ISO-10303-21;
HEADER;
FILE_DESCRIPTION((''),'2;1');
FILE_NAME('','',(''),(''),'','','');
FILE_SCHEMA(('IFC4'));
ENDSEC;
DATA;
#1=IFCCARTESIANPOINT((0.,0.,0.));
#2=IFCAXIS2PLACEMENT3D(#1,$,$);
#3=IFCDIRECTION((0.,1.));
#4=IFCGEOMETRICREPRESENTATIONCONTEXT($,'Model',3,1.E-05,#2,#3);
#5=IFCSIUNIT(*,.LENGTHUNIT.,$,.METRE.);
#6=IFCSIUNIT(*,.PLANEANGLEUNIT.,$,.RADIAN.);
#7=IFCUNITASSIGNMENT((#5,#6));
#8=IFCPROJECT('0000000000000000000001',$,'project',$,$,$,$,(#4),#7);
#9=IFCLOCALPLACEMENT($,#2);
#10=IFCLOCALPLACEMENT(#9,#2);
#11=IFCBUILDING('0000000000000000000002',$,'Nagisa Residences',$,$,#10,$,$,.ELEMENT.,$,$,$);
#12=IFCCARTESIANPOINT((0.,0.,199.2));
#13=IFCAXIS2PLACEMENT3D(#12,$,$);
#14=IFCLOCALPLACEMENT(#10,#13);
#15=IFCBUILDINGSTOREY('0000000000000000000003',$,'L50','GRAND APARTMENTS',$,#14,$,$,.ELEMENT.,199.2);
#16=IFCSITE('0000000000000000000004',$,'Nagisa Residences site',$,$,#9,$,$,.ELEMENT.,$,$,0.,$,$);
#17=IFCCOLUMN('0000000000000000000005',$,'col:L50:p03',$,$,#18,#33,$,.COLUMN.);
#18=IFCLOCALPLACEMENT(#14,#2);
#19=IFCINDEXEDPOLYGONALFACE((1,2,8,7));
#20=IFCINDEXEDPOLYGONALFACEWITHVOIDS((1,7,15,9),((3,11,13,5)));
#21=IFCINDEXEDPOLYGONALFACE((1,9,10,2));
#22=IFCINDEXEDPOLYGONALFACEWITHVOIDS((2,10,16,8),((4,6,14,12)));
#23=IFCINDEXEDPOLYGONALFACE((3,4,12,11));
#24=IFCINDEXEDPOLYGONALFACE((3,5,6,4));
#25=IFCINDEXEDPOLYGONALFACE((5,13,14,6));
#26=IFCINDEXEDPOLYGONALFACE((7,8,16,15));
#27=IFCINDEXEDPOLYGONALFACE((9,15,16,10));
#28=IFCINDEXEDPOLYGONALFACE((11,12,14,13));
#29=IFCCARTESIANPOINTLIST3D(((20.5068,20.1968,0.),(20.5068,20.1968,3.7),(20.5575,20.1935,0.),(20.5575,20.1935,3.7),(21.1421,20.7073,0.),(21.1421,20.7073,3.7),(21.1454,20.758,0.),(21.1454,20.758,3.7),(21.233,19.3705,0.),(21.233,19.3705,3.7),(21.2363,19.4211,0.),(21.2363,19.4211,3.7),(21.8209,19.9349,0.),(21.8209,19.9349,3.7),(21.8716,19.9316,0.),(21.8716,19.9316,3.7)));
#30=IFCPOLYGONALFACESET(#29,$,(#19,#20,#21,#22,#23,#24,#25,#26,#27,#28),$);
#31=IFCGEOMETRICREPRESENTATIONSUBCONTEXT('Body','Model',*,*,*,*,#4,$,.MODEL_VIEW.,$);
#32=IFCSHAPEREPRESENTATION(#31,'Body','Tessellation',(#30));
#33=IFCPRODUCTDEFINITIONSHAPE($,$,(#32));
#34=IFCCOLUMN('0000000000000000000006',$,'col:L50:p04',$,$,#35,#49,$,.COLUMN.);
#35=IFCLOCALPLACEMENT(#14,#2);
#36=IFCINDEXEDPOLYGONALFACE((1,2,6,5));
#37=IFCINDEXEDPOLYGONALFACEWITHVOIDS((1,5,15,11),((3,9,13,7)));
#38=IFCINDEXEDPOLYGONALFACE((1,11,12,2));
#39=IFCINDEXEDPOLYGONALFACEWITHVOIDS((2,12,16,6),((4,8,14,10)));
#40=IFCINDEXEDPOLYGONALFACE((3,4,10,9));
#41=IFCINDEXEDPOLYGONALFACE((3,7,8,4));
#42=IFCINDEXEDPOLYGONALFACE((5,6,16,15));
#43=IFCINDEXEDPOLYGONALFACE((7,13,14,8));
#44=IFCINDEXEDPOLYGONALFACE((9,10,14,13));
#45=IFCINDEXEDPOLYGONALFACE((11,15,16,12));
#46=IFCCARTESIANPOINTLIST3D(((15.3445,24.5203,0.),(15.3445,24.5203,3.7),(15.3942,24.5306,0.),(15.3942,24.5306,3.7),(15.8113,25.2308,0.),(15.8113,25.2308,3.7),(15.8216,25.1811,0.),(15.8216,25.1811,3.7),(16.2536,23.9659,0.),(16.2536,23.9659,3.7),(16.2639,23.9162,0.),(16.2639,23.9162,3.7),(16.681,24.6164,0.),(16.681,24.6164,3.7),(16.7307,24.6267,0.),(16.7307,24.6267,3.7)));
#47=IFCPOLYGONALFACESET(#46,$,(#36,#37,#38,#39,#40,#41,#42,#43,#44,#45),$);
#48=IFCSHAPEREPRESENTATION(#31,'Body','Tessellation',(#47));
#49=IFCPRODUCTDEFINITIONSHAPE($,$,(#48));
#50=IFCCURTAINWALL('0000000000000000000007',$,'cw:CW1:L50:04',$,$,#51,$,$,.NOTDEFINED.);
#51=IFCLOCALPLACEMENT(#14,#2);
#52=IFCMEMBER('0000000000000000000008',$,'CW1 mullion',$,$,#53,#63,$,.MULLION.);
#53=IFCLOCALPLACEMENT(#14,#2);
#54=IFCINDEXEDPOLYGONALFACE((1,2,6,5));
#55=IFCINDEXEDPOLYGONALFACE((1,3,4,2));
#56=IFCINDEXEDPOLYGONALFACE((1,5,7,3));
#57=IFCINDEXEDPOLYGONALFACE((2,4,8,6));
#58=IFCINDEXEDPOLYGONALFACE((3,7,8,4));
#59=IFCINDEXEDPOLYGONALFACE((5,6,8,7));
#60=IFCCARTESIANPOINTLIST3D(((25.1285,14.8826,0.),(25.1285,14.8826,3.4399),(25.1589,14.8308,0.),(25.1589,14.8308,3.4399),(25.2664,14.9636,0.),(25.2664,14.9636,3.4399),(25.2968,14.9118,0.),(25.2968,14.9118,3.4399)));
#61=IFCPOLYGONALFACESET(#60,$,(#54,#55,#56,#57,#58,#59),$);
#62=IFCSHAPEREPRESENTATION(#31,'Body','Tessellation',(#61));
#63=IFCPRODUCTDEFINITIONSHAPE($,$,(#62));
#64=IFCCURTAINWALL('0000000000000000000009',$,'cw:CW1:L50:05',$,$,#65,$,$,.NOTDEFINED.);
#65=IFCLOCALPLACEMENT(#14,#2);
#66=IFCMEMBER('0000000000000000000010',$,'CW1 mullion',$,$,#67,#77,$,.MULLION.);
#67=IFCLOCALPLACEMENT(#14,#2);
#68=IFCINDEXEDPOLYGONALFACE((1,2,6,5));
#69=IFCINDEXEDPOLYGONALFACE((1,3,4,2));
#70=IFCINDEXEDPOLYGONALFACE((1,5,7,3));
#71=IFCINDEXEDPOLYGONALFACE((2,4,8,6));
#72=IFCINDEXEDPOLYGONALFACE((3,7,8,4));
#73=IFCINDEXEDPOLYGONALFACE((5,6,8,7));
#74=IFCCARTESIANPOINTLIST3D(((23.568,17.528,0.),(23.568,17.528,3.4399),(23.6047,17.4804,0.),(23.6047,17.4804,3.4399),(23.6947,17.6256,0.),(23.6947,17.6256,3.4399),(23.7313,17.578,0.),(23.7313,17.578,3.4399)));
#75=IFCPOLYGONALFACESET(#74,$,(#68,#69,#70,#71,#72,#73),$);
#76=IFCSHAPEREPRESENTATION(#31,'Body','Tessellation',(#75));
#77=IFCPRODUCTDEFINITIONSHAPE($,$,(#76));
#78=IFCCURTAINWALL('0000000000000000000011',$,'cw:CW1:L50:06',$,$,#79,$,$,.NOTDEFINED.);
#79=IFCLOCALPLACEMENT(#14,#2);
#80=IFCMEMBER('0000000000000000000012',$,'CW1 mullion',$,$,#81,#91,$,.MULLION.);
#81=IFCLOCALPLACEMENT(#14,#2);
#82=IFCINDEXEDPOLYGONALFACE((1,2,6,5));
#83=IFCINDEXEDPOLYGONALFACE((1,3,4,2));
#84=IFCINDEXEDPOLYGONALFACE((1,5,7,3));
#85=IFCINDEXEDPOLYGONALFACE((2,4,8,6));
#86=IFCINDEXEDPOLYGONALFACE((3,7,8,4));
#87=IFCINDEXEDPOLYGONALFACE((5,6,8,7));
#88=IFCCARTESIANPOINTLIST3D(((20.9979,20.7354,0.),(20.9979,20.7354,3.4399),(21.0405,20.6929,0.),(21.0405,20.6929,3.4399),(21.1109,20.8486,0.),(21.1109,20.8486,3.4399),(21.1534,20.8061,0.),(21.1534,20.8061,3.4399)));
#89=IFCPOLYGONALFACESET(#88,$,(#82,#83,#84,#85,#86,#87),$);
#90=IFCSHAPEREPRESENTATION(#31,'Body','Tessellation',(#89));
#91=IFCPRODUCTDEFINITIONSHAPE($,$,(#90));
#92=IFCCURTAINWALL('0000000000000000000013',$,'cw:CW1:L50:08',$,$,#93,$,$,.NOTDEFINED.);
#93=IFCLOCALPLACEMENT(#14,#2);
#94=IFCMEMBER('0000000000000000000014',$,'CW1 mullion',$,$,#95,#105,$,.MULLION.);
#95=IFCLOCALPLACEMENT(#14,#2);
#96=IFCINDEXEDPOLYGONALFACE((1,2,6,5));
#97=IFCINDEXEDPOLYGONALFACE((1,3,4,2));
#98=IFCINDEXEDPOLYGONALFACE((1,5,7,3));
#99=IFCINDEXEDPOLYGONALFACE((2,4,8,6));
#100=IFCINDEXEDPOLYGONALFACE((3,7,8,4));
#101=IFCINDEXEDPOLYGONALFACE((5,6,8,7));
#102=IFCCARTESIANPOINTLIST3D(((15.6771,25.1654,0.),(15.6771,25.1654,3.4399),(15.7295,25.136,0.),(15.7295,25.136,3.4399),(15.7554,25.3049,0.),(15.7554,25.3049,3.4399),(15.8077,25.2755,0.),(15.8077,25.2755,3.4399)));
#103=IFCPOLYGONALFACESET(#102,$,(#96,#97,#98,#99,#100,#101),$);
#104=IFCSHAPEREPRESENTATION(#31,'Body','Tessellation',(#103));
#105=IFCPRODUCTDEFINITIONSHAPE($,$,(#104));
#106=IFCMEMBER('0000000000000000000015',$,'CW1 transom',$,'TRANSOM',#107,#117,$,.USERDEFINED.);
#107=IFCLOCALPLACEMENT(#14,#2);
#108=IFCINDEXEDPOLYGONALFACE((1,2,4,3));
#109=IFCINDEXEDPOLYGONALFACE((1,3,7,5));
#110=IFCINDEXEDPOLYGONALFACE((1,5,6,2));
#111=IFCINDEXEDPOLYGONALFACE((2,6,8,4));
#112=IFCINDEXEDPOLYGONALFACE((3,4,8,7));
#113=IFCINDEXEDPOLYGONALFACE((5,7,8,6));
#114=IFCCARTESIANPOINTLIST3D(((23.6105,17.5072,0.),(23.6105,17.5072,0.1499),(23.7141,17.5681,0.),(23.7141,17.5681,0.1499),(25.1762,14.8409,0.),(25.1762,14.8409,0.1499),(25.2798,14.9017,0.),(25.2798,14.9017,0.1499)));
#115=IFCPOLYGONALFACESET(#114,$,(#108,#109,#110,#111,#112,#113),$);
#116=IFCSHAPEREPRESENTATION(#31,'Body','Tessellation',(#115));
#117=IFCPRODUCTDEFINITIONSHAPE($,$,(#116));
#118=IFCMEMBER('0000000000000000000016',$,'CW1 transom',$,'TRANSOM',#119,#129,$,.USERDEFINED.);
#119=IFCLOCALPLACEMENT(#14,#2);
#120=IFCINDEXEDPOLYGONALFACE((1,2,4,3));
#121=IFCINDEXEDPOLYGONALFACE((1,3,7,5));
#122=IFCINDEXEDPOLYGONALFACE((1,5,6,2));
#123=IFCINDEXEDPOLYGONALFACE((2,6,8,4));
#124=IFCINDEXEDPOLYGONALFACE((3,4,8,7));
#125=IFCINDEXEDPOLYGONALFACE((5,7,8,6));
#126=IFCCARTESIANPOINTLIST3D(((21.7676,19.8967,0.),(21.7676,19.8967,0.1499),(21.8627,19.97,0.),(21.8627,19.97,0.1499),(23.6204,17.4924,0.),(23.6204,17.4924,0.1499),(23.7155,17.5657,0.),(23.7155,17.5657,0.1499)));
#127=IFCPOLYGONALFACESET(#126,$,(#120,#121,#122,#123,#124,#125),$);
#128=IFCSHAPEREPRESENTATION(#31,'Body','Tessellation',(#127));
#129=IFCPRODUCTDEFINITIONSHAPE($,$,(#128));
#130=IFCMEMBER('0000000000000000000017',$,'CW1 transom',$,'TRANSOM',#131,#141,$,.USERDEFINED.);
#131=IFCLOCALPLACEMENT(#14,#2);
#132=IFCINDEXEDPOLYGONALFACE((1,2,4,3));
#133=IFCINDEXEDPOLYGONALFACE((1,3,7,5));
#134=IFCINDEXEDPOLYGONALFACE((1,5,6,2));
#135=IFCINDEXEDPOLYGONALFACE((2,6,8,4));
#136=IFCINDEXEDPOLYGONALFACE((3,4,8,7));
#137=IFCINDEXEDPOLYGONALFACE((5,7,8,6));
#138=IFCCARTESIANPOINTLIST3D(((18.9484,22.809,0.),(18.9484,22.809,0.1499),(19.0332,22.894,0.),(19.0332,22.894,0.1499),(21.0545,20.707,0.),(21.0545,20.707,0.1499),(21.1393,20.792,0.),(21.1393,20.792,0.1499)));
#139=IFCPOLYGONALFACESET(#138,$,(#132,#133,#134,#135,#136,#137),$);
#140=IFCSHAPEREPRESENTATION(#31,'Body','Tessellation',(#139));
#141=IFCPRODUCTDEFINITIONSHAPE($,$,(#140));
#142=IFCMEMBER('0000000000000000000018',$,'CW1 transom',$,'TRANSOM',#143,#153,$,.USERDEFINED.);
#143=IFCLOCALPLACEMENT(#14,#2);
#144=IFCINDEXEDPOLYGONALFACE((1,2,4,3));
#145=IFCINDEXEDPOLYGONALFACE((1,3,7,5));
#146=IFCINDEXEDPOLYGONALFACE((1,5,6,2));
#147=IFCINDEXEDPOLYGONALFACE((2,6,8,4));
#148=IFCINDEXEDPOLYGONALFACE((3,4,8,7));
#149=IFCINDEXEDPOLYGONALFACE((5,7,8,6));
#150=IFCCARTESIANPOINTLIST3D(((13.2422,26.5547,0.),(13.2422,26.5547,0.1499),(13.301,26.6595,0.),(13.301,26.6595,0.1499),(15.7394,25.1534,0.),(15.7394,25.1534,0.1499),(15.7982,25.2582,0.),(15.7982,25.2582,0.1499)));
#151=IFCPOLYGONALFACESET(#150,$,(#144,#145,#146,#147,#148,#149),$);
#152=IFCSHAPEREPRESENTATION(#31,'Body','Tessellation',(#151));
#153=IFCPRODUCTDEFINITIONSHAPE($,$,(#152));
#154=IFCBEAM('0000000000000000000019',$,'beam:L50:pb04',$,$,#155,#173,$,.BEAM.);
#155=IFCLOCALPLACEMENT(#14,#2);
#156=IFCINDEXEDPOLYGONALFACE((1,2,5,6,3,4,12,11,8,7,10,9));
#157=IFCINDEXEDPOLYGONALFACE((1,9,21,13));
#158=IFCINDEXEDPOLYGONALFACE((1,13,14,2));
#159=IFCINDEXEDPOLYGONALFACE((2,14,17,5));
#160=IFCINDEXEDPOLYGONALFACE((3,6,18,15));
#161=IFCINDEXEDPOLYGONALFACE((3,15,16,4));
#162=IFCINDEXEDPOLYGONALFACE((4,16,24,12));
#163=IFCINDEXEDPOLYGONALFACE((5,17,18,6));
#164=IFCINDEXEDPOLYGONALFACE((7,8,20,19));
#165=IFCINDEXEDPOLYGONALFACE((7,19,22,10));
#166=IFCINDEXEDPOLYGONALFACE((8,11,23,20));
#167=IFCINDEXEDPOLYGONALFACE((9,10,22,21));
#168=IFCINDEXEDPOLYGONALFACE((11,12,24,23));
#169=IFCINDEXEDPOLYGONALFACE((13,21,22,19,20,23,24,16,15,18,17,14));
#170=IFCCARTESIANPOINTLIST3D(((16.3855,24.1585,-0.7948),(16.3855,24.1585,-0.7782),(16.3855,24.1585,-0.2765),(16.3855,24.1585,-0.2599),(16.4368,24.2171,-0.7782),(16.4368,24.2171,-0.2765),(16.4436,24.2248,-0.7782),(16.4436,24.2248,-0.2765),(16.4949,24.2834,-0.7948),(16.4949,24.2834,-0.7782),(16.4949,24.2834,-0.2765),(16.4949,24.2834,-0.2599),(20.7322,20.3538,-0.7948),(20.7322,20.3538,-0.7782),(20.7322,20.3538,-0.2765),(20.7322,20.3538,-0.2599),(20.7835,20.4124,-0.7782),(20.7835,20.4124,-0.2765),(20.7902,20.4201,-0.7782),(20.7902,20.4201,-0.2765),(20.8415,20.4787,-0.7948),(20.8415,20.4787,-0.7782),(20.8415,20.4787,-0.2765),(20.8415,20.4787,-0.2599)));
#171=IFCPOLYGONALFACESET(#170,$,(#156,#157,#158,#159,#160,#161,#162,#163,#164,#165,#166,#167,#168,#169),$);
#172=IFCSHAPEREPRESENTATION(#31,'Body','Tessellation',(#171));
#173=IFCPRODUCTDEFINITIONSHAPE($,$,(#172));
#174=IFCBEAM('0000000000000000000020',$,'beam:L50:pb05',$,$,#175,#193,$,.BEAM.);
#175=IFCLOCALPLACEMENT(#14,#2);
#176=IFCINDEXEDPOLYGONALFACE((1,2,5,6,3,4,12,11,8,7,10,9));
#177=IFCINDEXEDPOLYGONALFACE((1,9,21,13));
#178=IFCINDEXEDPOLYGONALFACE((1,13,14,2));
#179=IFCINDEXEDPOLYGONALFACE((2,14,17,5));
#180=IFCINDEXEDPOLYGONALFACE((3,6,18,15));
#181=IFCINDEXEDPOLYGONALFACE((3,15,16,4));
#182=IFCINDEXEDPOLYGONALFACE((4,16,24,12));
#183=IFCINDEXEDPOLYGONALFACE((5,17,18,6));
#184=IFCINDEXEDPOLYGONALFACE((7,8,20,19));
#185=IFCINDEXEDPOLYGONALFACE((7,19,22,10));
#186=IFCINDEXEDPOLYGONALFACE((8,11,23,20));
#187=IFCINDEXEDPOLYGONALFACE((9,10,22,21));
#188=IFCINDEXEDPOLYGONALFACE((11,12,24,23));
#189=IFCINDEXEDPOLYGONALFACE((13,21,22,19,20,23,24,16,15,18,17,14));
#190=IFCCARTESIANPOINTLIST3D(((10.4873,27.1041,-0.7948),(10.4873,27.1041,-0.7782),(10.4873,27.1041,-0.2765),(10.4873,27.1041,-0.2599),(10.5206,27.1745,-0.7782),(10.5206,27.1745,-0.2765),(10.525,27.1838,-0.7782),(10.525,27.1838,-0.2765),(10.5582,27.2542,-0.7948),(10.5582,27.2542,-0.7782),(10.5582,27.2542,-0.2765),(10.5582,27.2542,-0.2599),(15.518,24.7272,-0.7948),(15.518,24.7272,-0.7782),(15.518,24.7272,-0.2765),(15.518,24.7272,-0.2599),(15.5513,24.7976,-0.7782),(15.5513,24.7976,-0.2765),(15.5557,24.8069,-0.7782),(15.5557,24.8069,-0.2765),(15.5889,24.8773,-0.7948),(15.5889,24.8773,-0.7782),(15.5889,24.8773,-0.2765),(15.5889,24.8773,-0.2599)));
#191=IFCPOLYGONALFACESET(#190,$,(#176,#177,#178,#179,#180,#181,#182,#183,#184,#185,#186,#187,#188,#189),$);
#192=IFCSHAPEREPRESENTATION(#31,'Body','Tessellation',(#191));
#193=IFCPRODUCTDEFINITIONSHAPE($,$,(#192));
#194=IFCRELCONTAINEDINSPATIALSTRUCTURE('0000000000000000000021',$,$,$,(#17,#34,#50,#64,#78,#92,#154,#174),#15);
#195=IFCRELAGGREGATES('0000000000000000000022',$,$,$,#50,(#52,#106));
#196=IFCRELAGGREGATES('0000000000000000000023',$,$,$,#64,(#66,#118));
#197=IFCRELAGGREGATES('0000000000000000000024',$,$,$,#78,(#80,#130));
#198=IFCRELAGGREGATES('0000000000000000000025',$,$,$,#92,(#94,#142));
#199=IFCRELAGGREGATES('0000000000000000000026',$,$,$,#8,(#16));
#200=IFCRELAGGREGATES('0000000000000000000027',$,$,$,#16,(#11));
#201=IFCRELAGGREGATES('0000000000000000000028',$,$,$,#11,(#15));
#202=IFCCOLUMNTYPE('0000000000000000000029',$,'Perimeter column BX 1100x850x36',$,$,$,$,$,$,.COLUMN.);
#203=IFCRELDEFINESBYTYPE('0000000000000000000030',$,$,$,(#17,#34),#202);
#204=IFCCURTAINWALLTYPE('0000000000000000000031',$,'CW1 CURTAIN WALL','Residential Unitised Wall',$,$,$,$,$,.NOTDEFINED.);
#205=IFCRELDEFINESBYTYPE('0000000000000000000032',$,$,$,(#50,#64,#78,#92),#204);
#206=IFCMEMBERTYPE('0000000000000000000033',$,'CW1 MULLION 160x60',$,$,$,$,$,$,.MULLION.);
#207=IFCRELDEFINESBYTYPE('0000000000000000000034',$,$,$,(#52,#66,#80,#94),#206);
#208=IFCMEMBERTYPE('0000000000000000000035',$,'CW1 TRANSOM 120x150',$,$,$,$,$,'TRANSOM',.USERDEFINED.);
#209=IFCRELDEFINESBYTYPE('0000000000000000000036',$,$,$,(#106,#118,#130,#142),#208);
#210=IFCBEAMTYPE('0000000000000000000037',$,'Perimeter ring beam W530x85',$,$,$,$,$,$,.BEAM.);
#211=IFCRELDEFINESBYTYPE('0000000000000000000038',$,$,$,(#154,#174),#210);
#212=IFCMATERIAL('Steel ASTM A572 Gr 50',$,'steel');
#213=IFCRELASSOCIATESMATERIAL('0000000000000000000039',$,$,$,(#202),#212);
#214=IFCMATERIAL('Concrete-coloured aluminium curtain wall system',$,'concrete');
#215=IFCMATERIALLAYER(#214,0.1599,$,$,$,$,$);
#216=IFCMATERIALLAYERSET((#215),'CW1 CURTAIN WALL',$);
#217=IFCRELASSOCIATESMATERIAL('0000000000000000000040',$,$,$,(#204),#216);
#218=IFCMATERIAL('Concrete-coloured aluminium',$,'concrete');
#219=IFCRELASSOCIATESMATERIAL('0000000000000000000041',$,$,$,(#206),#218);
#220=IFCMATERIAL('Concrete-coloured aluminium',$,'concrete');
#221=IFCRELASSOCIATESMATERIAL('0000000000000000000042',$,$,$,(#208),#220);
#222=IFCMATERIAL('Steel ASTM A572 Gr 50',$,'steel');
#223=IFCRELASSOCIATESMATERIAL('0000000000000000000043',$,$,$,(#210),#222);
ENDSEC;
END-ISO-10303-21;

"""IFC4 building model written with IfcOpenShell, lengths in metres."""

from ifc_helpers import new_model, si_unit, direction, frame, origin, origin_2d, place, context, subcontext, project, spatial, rectangle, hollow_rectangle, i_section, extrude, material, layer, layer_set, material_profile, profile_set, type_object, element, aggregate, save


model = new_model("IFC4")

# Units and contexts
model_context = context("Model", 3, precision=1e-05, world=origin(), true_north=direction((0.0, 1.0)))
body_context = subcontext(model_context, "Body", "Model", "MODEL_VIEW")
ifc_project = project(units=[si_unit("LENGTHUNIT", "METRE"), si_unit("PLANEANGLEUNIT", "RADIAN")], contexts=[model_context])

# Site, building, storey
site_placement = place(None, origin())
site = spatial("IfcSite", under=ifc_project, at=site_placement, Name="Nagisa Residences site", CompositionType="ELEMENT", RefElevation=0.0)
building_placement = place(site_placement, origin())
building = spatial("IfcBuilding", under=site, at=building_placement, Name="Nagisa Residences", CompositionType="ELEMENT")
storey_placement = place(building_placement, frame((0.0, 0.0, 199.2)))
storey = spatial("IfcBuildingStorey", under=building, at=storey_placement, Name="L50", Description="GRAND APARTMENTS", CompositionType="ELEMENT", Elevation=199.2)

# Columns
ifc_material_1 = material(Name="Steel ASTM A572 Gr 50", Category="steel")
ifc_material_profile_1 = material_profile(ifc_material_1, hollow_rectangle(XDim=1.1001, YDim=0.8501, WallThickness=0.0359, at=origin_2d()), Name="BX 1100x850x36")
ifc_profile_set_1 = profile_set([ifc_material_profile_1], Name="Steel ASTM A572 Gr 50")
column_type = type_object("IfcColumnType", Name="Perimeter column BX 1100x850x36", PredefinedType="COLUMN", material=ifc_profile_set_1)
for number, where, z_axis, x_axis, name in (
    (1, (21.1892, 20.0642, 0.0), (0.0, 0.0, 1.0), (-0.660115, 0.751165, 0.0), "col:L50:p03"),
    (2, (16.0376, 24.5735, 0.0), (0.0, 0.0, 1.0), (-0.835766, 0.549086, 0.0), "col:L50:p04"),
):
    element("IfcColumn", number, at=place(storey_placement, frame(where, z_axis=z_axis, x_axis=x_axis)), inside=storey, type_object=column_type, Name=name, PredefinedType="COLUMN", context=body_context, shape_type="SweptSolid", body=[
        extrude(hollow_rectangle(XDim=1.1001, YDim=0.8501, WallThickness=0.0359, at=origin_2d()), origin(), (0.0, 0.0, 1.0), 3.7),
    ])

# Curtain walls, members
ifc_material_2 = material(Name="Concrete-coloured aluminium curtain wall system", Category="concrete")
ifc_layer_1 = layer(ifc_material_2, 0.1599)
ifc_layer_set_1 = layer_set([ifc_layer_1], Name="CW1 CURTAIN WALL")
curtain_wall_type = type_object("IfcCurtainWallType", Name="CW1 CURTAIN WALL", Description="Residential Unitised Wall", PredefinedType="NOTDEFINED", material=ifc_layer_set_1)
curtain_wall_1_placement = place(storey_placement, origin())
curtain_wall_1 = element("IfcCurtainWall", 3, at=curtain_wall_1_placement, inside=storey, type_object=curtain_wall_type, Name="cw:CW1:L50:04", PredefinedType="NOTDEFINED")
ifc_material_3 = material(Name="Concrete-coloured aluminium", Category="concrete")
ifc_material_profile_2 = material_profile(ifc_material_3, rectangle(XDim=0.1599, YDim=0.0601, at=origin_2d()), Name="CW1 MULLION 160x60")
ifc_profile_set_2 = profile_set([ifc_material_profile_2], Name="Concrete-coloured aluminium")
member_type_1 = type_object("IfcMemberType", Name="CW1 MULLION 160x60", PredefinedType="MULLION", material=ifc_profile_set_2)
member_1_placement = place(storey_placement, frame((25.2126, 14.8972, 0.0), z_axis=(0.0, 0.0, 1.0), x_axis=(-0.862329, -0.506349, 0.0)))
member_1 = element("IfcMember", 4, at=member_1_placement, type_object=member_type_1, Name="CW1 mullion", PredefinedType="MULLION", context=body_context, shape_type="SweptSolid", body=[
    extrude(rectangle(XDim=0.1599, YDim=0.0601, at=origin_2d()), origin(), (0.0, 0.0, 1.0), 3.4399),
])
curtain_wall_2_placement = place(storey_placement, origin())
curtain_wall_2 = element("IfcCurtainWall", 5, at=curtain_wall_2_placement, inside=storey, type_object=curtain_wall_type, Name="cw:CW1:L50:05", PredefinedType="NOTDEFINED")
member_2_placement = place(storey_placement, frame((23.6497, 17.553, 0.0), z_axis=(0.0, 0.0, 1.0), x_axis=(-0.79207, -0.61043, 0.0)))
member_2 = element("IfcMember", 6, at=member_2_placement, type_object=member_type_1, Name="CW1 mullion", PredefinedType="MULLION", context=body_context, shape_type="SweptSolid", body=[
    extrude(rectangle(XDim=0.1599, YDim=0.0601, at=origin_2d()), origin(), (0.0, 0.0, 1.0), 3.4399),
])
curtain_wall_3_placement = place(storey_placement, origin())
curtain_wall_3 = element("IfcCurtainWall", 7, at=curtain_wall_3_placement, inside=storey, type_object=curtain_wall_type, Name="cw:CW1:L50:06", PredefinedType="NOTDEFINED")
member_3_placement = place(storey_placement, frame((21.0757, 20.7708, 0.0), z_axis=(0.0, 0.0, 1.0), x_axis=(-0.706377, -0.707836, 0.0)))
member_3 = element("IfcMember", 8, at=member_3_placement, type_object=member_type_1, Name="CW1 mullion", PredefinedType="MULLION", context=body_context, shape_type="SweptSolid", body=[
    extrude(rectangle(XDim=0.1599, YDim=0.0601, at=origin_2d()), origin(), (0.0, 0.0, 1.0), 3.4399),
])
curtain_wall_4_placement = place(storey_placement, origin())
curtain_wall_4 = element("IfcCurtainWall", 9, at=curtain_wall_4_placement, inside=storey, type_object=curtain_wall_type, Name="cw:CW1:L50:08", PredefinedType="NOTDEFINED")
member_4_placement = place(storey_placement, frame((15.7424, 25.2205, 0.0), z_axis=(0.0, 0.0, 1.0), x_axis=(-0.489377, -0.872072, 0.0)))
member_4 = element("IfcMember", 10, at=member_4_placement, type_object=member_type_1, Name="CW1 mullion", PredefinedType="MULLION", context=body_context, shape_type="SweptSolid", body=[
    extrude(rectangle(XDim=0.1599, YDim=0.0601, at=origin_2d()), origin(), (0.0, 0.0, 1.0), 3.4399),
])

# Members
ifc_material_4 = material(Name="Concrete-coloured aluminium", Category="concrete")
ifc_material_profile_3 = material_profile(ifc_material_4, rectangle(XDim=0.1201, YDim=0.1499, at=origin_2d()), Name="CW1 TRANSOM 120x150")
ifc_profile_set_3 = profile_set([ifc_material_profile_3], Name="Concrete-coloured aluminium")
member_type_2 = type_object("IfcMemberType", Name="CW1 TRANSOM 120x150", ElementType="TRANSOM", PredefinedType="USERDEFINED", material=ifc_profile_set_3)
member_5_placement = place(storey_placement, frame((25.228, 14.8713, 0.075), z_axis=(-0.506368, 0.862318, 0.0), x_axis=(-0.862318, -0.506368, 0.0)))
member_5 = element("IfcMember", 11, at=member_5_placement, type_object=member_type_2, Name="CW1 transom", ObjectType="TRANSOM", PredefinedType="USERDEFINED", context=body_context, shape_type="SweptSolid", body=[
    extrude(rectangle(XDim=0.1201, YDim=0.1499, at=origin_2d()), origin(), (0.0, 0.0, 1.0), 3.092),
])
member_6_placement = place(storey_placement, frame((23.668, 17.5291, 0.075), z_axis=(-0.610399, 0.792094, 0.0), x_axis=(-0.792094, -0.610399, 0.0)))
member_6 = element("IfcMember", 12, at=member_6_placement, type_object=member_type_2, Name="CW1 transom", ObjectType="TRANSOM", PredefinedType="USERDEFINED", context=body_context, shape_type="SweptSolid", body=[
    extrude(rectangle(XDim=0.1201, YDim=0.1499, at=origin_2d()), origin(), (0.0, 0.0, 1.0), 3.0354),
])
member_7_placement = place(storey_placement, frame((21.0969, 20.7495, 0.075), z_axis=(-0.707804, 0.706409, 0.0), x_axis=(-0.706409, -0.707804, 0.0)))
member_7 = element("IfcMember", 13, at=member_7_placement, type_object=member_type_2, Name="CW1 transom", ObjectType="TRANSOM", PredefinedType="USERDEFINED", context=body_context, shape_type="SweptSolid", body=[
    extrude(rectangle(XDim=0.1201, YDim=0.1499, at=origin_2d()), origin(), (0.0, 0.0, 1.0), 2.9756),
])
member_8_placement = place(storey_placement, frame((15.7688, 25.2058, 0.075), z_axis=(-0.872078, 0.489366, 0.0), x_axis=(-0.489366, -0.872078, 0.0)))
member_8 = element("IfcMember", 14, at=member_8_placement, type_object=member_type_2, Name="CW1 transom", ObjectType="TRANSOM", PredefinedType="USERDEFINED", context=body_context, shape_type="SweptSolid", body=[
    extrude(rectangle(XDim=0.1201, YDim=0.1499, at=origin_2d()), origin(), (0.0, 0.0, 1.0), 2.8635),
])

# Beams
ifc_material_5 = material(Name="Steel ASTM A572 Gr 50", Category="steel")
ifc_material_profile_4 = material_profile(ifc_material_5, i_section(OverallWidth=0.166, OverallDepth=0.5349, WebThickness=0.0103, FlangeThickness=0.0166, at=origin_2d()), Name="W530x85")
ifc_profile_set_4 = profile_set([ifc_material_profile_4], Name="Steel ASTM A572 Gr 50")
beam_type_1 = type_object("IfcBeamType", Name="Perimeter ring beam W530x85", PredefinedType="BEAM", material=ifc_profile_set_4)
beam_1_placement = place(storey_placement, frame((20.7869, 20.4163, -0.5273), z_axis=(-0.752461, 0.658636, 0.0), x_axis=(-0.658636, -0.752461, 0.0)))
element("IfcBeam", 15, at=beam_1_placement, inside=storey, type_object=beam_type_1, Name="beam:L50:pb04", PredefinedType="BEAM", context=body_context, shape_type="SweptSolid", body=[
    extrude(i_section(OverallWidth=0.166, OverallDepth=0.5349, WebThickness=0.0103, FlangeThickness=0.0166, at=origin_2d()), origin(), (0.0, 0.0, 1.0), 5.7766),
])
beam_2_placement = place(storey_placement, frame((15.5535, 24.8022, -0.5273), z_axis=(-0.904157, 0.4272, 0.0), x_axis=(-0.4272, -0.904157, 0.0)))
element("IfcBeam", 16, at=beam_2_placement, inside=storey, type_object=beam_type_1, Name="beam:L50:pb05", PredefinedType="BEAM", context=body_context, shape_type="SweptSolid", body=[
    extrude(i_section(OverallWidth=0.166, OverallDepth=0.5349, WebThickness=0.0103, FlangeThickness=0.0166, at=origin_2d()), origin(), (0.0, 0.0, 1.0), 5.564),
])

aggregate(curtain_wall_1, [member_1, member_5])
aggregate(curtain_wall_2, [member_2, member_6])
aggregate(curtain_wall_3, [member_3, member_7])
aggregate(curtain_wall_4, [member_4, member_8])

save(model, "model.ifc")
